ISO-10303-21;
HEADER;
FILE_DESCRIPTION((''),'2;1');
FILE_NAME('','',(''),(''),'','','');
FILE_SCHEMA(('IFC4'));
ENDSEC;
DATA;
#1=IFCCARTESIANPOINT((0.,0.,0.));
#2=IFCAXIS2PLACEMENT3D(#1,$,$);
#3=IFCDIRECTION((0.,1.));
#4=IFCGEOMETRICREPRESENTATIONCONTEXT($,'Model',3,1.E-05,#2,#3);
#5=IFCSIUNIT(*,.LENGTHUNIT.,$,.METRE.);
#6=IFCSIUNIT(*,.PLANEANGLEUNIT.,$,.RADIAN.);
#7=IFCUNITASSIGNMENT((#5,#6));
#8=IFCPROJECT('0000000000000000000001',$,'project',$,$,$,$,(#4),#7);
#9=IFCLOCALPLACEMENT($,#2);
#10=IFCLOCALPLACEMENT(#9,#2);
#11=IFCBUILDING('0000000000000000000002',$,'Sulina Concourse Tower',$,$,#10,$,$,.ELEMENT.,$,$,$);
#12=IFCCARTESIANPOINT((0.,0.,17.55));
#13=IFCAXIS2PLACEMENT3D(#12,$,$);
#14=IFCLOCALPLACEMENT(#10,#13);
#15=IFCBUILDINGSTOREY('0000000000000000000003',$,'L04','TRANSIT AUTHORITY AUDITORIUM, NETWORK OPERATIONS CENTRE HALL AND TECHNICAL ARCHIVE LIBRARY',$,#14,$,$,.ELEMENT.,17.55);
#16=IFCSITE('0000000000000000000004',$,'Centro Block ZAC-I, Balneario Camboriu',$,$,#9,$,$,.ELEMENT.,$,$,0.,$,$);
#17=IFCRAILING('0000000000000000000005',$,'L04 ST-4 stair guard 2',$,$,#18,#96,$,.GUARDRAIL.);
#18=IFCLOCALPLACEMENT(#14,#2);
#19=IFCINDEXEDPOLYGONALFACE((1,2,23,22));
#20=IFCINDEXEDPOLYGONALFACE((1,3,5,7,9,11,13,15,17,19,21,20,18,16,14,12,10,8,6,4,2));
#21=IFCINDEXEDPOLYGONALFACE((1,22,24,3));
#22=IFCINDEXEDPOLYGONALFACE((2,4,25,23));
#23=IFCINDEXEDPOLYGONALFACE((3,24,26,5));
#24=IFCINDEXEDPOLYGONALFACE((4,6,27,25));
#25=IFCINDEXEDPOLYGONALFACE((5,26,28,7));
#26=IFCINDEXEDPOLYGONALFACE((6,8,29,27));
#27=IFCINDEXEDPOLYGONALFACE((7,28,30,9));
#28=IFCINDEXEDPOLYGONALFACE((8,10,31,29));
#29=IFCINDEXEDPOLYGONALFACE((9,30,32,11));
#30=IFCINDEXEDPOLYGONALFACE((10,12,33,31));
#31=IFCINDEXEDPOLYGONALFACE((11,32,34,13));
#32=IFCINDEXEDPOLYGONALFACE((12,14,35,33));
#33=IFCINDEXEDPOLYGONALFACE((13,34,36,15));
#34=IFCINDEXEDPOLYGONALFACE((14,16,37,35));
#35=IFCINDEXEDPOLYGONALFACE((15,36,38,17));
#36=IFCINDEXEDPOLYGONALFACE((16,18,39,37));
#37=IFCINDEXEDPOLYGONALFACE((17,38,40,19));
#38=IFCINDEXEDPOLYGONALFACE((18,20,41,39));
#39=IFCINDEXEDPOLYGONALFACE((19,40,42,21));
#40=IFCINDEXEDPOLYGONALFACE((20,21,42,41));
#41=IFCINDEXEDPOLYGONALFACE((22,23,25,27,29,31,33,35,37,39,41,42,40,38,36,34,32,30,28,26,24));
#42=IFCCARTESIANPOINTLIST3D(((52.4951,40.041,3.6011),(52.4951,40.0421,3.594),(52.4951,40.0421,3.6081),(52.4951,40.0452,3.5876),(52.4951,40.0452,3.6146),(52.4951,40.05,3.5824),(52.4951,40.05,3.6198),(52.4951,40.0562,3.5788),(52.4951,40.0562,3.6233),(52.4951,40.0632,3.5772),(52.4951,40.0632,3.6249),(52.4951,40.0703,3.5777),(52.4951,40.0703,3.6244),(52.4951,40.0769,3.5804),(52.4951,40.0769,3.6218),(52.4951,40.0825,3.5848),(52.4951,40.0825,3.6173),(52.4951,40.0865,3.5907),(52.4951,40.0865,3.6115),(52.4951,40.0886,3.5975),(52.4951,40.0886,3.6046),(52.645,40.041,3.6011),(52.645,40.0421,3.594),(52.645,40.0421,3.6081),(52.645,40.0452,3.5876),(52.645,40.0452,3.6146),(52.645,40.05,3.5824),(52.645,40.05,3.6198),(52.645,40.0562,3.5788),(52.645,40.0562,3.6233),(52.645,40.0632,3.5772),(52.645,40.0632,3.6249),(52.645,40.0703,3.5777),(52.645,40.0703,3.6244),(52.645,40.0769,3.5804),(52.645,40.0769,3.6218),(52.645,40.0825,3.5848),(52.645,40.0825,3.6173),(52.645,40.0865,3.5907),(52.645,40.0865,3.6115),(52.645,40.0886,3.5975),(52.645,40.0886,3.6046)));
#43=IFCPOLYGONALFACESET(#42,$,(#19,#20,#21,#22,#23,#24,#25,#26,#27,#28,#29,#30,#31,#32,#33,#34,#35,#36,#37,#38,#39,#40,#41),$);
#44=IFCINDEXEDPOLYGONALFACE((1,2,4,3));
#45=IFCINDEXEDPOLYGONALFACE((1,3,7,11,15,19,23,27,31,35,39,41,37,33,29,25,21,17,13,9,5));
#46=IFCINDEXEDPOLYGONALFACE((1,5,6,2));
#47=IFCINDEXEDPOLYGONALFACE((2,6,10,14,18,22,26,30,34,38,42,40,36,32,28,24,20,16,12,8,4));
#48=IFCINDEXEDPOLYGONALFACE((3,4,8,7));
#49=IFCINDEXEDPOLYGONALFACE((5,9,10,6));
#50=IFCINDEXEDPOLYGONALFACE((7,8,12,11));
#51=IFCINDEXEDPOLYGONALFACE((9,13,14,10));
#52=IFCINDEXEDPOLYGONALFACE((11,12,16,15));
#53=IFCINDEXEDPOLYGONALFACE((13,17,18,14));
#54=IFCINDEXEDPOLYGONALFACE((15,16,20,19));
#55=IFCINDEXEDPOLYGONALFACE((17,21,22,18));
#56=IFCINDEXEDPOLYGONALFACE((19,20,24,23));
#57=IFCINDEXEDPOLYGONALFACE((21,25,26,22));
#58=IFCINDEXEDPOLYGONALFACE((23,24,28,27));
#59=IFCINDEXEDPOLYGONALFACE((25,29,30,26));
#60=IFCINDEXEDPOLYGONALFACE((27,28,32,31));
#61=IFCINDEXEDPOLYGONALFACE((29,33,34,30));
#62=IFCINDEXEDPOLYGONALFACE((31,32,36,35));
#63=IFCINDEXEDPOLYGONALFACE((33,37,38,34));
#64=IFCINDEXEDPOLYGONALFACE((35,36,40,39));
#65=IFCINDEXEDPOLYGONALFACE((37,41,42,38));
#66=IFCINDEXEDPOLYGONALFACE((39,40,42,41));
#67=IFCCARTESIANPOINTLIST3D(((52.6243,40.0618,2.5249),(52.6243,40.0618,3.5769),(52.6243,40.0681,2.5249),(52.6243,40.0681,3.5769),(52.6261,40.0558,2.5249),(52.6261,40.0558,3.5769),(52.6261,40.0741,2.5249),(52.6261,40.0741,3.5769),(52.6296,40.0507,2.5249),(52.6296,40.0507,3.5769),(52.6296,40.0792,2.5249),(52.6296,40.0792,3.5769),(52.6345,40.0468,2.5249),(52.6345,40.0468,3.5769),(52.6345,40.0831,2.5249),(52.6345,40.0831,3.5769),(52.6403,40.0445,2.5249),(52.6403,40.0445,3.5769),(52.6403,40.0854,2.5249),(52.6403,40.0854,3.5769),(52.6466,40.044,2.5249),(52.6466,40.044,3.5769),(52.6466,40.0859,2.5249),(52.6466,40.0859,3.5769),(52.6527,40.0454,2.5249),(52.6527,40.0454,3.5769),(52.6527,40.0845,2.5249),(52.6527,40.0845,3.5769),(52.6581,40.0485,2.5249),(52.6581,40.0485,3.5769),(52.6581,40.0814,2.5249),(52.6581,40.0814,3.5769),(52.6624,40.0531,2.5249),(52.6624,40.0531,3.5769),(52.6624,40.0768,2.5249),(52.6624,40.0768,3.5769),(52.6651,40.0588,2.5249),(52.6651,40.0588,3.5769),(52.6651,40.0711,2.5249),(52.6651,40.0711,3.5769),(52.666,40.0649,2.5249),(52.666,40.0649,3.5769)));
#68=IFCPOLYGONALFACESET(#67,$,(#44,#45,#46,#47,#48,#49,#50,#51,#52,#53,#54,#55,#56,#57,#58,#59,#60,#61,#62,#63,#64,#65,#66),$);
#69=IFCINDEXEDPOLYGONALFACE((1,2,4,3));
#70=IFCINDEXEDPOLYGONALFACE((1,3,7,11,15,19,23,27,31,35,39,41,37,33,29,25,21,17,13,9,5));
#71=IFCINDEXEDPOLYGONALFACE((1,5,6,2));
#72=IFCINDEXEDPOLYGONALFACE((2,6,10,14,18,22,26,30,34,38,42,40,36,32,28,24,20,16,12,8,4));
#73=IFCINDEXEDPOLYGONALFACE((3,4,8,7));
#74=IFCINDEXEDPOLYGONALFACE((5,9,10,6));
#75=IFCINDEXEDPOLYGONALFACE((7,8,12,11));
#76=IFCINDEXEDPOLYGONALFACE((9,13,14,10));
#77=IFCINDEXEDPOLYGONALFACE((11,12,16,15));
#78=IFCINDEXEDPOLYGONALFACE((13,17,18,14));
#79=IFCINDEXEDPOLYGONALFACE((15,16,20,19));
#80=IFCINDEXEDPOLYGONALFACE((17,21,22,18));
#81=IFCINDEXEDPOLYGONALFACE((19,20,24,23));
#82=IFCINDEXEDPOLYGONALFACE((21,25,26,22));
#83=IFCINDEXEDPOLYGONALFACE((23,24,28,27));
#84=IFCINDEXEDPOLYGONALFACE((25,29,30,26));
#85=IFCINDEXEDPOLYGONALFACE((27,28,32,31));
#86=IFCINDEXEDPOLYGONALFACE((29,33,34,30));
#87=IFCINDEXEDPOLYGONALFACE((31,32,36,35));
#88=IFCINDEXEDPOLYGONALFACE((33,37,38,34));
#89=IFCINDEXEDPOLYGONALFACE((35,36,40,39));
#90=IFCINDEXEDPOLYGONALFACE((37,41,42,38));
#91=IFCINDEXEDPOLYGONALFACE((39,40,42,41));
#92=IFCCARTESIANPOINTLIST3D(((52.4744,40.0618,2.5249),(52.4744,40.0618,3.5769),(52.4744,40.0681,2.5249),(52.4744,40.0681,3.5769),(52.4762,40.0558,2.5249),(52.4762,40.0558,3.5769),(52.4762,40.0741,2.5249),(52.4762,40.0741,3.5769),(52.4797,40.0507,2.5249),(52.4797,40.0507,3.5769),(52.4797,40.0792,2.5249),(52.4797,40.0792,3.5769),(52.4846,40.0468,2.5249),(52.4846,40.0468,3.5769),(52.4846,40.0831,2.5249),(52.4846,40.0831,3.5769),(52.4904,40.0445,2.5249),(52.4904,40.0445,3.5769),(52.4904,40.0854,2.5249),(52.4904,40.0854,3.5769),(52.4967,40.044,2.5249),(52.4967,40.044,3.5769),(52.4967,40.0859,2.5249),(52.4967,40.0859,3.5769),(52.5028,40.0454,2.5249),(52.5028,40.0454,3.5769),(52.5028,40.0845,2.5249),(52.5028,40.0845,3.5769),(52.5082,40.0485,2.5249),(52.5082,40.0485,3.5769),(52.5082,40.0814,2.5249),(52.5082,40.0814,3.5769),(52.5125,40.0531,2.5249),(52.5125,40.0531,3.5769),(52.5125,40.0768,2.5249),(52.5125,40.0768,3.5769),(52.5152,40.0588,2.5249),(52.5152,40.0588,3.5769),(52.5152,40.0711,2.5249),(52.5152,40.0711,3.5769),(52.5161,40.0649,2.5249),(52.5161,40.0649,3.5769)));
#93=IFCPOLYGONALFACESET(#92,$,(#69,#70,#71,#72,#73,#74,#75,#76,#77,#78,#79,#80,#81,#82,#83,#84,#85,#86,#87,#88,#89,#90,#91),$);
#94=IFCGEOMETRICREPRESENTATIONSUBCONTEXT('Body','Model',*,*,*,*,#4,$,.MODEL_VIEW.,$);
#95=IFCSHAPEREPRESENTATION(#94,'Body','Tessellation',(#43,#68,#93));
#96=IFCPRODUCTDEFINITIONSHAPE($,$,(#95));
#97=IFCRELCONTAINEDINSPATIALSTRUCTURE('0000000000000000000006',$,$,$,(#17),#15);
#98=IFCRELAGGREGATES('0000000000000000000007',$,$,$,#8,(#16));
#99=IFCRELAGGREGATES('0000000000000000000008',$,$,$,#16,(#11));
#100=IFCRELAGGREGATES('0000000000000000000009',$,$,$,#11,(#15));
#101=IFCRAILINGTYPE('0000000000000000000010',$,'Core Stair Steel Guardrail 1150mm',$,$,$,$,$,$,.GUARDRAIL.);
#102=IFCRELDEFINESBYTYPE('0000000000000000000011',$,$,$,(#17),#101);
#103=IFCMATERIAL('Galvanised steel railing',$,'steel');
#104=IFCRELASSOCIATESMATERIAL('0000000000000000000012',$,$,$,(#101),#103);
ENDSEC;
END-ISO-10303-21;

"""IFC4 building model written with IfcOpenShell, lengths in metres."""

from ifc_helpers import new_model, si_unit, direction, frame, origin, origin_2d, place, context, subcontext, project, spatial, circle, extrude, material, type_object, element, save


model = new_model("IFC4")

# Units and contexts
model_context = context("Model", 3, precision=1e-05, world=origin(), true_north=direction((0.0, 1.0)))
body_context = subcontext(model_context, "Body", "Model", "MODEL_VIEW")
ifc_project = project(units=[si_unit("LENGTHUNIT", "METRE"), si_unit("PLANEANGLEUNIT", "RADIAN")], contexts=[model_context])

# Site, building, storey
site_placement = place(None, origin())
site = spatial("IfcSite", under=ifc_project, at=site_placement, Name="Centro Block ZAC-I, Balneario Camboriu", CompositionType="ELEMENT", RefElevation=0.0)
building_placement = place(site_placement, origin())
building = spatial("IfcBuilding", under=site, at=building_placement, Name="Sulina Concourse Tower", CompositionType="ELEMENT")
storey_placement = place(building_placement, frame((0.0, 0.0, 17.55)))
storey = spatial("IfcBuildingStorey", under=building, at=storey_placement, Name="L04", Description="TRANSIT AUTHORITY AUDITORIUM, NETWORK OPERATIONS CENTRE HALL AND TECHNICAL ARCHIVE LIBRARY", CompositionType="ELEMENT", Elevation=17.55)

# Railing
ifc_material_1 = material(Name="Galvanised steel railing", Category="steel")
railing_type_1 = type_object("IfcRailingType", Name="Core Stair Steel Guardrail 1150mm", PredefinedType="GUARDRAIL", material=ifc_material_1)
railing_1_placement = place(storey_placement, frame((52.645, 40.0649, 2.5249)))
element("IfcRailing", 1, at=railing_1_placement, inside=storey, type_object=railing_type_1, Name="L04 ST-4 stair guard 2", PredefinedType="GUARDRAIL", context=body_context, shape_type="SweptSolid", body=[
    extrude(circle(Radius=0.0239, at=origin_2d()), frame((0.0, 0.0, 1.0762), z_axis=(-1.0, 0.0, 0.0), x_axis=(0.0, -1.0, 0.0)), (0.0, 0.0, 1.0), 0.1499),
    extrude(circle(Radius=0.021, at=origin_2d()), origin(), (0.0, 0.0, 1.0), 1.052),
    extrude(circle(Radius=0.021, at=origin_2d()), frame((-0.1499, 0.0, 0.0)), (0.0, 0.0, 1.0), 1.052),
])

save(model, "model.ifc")
